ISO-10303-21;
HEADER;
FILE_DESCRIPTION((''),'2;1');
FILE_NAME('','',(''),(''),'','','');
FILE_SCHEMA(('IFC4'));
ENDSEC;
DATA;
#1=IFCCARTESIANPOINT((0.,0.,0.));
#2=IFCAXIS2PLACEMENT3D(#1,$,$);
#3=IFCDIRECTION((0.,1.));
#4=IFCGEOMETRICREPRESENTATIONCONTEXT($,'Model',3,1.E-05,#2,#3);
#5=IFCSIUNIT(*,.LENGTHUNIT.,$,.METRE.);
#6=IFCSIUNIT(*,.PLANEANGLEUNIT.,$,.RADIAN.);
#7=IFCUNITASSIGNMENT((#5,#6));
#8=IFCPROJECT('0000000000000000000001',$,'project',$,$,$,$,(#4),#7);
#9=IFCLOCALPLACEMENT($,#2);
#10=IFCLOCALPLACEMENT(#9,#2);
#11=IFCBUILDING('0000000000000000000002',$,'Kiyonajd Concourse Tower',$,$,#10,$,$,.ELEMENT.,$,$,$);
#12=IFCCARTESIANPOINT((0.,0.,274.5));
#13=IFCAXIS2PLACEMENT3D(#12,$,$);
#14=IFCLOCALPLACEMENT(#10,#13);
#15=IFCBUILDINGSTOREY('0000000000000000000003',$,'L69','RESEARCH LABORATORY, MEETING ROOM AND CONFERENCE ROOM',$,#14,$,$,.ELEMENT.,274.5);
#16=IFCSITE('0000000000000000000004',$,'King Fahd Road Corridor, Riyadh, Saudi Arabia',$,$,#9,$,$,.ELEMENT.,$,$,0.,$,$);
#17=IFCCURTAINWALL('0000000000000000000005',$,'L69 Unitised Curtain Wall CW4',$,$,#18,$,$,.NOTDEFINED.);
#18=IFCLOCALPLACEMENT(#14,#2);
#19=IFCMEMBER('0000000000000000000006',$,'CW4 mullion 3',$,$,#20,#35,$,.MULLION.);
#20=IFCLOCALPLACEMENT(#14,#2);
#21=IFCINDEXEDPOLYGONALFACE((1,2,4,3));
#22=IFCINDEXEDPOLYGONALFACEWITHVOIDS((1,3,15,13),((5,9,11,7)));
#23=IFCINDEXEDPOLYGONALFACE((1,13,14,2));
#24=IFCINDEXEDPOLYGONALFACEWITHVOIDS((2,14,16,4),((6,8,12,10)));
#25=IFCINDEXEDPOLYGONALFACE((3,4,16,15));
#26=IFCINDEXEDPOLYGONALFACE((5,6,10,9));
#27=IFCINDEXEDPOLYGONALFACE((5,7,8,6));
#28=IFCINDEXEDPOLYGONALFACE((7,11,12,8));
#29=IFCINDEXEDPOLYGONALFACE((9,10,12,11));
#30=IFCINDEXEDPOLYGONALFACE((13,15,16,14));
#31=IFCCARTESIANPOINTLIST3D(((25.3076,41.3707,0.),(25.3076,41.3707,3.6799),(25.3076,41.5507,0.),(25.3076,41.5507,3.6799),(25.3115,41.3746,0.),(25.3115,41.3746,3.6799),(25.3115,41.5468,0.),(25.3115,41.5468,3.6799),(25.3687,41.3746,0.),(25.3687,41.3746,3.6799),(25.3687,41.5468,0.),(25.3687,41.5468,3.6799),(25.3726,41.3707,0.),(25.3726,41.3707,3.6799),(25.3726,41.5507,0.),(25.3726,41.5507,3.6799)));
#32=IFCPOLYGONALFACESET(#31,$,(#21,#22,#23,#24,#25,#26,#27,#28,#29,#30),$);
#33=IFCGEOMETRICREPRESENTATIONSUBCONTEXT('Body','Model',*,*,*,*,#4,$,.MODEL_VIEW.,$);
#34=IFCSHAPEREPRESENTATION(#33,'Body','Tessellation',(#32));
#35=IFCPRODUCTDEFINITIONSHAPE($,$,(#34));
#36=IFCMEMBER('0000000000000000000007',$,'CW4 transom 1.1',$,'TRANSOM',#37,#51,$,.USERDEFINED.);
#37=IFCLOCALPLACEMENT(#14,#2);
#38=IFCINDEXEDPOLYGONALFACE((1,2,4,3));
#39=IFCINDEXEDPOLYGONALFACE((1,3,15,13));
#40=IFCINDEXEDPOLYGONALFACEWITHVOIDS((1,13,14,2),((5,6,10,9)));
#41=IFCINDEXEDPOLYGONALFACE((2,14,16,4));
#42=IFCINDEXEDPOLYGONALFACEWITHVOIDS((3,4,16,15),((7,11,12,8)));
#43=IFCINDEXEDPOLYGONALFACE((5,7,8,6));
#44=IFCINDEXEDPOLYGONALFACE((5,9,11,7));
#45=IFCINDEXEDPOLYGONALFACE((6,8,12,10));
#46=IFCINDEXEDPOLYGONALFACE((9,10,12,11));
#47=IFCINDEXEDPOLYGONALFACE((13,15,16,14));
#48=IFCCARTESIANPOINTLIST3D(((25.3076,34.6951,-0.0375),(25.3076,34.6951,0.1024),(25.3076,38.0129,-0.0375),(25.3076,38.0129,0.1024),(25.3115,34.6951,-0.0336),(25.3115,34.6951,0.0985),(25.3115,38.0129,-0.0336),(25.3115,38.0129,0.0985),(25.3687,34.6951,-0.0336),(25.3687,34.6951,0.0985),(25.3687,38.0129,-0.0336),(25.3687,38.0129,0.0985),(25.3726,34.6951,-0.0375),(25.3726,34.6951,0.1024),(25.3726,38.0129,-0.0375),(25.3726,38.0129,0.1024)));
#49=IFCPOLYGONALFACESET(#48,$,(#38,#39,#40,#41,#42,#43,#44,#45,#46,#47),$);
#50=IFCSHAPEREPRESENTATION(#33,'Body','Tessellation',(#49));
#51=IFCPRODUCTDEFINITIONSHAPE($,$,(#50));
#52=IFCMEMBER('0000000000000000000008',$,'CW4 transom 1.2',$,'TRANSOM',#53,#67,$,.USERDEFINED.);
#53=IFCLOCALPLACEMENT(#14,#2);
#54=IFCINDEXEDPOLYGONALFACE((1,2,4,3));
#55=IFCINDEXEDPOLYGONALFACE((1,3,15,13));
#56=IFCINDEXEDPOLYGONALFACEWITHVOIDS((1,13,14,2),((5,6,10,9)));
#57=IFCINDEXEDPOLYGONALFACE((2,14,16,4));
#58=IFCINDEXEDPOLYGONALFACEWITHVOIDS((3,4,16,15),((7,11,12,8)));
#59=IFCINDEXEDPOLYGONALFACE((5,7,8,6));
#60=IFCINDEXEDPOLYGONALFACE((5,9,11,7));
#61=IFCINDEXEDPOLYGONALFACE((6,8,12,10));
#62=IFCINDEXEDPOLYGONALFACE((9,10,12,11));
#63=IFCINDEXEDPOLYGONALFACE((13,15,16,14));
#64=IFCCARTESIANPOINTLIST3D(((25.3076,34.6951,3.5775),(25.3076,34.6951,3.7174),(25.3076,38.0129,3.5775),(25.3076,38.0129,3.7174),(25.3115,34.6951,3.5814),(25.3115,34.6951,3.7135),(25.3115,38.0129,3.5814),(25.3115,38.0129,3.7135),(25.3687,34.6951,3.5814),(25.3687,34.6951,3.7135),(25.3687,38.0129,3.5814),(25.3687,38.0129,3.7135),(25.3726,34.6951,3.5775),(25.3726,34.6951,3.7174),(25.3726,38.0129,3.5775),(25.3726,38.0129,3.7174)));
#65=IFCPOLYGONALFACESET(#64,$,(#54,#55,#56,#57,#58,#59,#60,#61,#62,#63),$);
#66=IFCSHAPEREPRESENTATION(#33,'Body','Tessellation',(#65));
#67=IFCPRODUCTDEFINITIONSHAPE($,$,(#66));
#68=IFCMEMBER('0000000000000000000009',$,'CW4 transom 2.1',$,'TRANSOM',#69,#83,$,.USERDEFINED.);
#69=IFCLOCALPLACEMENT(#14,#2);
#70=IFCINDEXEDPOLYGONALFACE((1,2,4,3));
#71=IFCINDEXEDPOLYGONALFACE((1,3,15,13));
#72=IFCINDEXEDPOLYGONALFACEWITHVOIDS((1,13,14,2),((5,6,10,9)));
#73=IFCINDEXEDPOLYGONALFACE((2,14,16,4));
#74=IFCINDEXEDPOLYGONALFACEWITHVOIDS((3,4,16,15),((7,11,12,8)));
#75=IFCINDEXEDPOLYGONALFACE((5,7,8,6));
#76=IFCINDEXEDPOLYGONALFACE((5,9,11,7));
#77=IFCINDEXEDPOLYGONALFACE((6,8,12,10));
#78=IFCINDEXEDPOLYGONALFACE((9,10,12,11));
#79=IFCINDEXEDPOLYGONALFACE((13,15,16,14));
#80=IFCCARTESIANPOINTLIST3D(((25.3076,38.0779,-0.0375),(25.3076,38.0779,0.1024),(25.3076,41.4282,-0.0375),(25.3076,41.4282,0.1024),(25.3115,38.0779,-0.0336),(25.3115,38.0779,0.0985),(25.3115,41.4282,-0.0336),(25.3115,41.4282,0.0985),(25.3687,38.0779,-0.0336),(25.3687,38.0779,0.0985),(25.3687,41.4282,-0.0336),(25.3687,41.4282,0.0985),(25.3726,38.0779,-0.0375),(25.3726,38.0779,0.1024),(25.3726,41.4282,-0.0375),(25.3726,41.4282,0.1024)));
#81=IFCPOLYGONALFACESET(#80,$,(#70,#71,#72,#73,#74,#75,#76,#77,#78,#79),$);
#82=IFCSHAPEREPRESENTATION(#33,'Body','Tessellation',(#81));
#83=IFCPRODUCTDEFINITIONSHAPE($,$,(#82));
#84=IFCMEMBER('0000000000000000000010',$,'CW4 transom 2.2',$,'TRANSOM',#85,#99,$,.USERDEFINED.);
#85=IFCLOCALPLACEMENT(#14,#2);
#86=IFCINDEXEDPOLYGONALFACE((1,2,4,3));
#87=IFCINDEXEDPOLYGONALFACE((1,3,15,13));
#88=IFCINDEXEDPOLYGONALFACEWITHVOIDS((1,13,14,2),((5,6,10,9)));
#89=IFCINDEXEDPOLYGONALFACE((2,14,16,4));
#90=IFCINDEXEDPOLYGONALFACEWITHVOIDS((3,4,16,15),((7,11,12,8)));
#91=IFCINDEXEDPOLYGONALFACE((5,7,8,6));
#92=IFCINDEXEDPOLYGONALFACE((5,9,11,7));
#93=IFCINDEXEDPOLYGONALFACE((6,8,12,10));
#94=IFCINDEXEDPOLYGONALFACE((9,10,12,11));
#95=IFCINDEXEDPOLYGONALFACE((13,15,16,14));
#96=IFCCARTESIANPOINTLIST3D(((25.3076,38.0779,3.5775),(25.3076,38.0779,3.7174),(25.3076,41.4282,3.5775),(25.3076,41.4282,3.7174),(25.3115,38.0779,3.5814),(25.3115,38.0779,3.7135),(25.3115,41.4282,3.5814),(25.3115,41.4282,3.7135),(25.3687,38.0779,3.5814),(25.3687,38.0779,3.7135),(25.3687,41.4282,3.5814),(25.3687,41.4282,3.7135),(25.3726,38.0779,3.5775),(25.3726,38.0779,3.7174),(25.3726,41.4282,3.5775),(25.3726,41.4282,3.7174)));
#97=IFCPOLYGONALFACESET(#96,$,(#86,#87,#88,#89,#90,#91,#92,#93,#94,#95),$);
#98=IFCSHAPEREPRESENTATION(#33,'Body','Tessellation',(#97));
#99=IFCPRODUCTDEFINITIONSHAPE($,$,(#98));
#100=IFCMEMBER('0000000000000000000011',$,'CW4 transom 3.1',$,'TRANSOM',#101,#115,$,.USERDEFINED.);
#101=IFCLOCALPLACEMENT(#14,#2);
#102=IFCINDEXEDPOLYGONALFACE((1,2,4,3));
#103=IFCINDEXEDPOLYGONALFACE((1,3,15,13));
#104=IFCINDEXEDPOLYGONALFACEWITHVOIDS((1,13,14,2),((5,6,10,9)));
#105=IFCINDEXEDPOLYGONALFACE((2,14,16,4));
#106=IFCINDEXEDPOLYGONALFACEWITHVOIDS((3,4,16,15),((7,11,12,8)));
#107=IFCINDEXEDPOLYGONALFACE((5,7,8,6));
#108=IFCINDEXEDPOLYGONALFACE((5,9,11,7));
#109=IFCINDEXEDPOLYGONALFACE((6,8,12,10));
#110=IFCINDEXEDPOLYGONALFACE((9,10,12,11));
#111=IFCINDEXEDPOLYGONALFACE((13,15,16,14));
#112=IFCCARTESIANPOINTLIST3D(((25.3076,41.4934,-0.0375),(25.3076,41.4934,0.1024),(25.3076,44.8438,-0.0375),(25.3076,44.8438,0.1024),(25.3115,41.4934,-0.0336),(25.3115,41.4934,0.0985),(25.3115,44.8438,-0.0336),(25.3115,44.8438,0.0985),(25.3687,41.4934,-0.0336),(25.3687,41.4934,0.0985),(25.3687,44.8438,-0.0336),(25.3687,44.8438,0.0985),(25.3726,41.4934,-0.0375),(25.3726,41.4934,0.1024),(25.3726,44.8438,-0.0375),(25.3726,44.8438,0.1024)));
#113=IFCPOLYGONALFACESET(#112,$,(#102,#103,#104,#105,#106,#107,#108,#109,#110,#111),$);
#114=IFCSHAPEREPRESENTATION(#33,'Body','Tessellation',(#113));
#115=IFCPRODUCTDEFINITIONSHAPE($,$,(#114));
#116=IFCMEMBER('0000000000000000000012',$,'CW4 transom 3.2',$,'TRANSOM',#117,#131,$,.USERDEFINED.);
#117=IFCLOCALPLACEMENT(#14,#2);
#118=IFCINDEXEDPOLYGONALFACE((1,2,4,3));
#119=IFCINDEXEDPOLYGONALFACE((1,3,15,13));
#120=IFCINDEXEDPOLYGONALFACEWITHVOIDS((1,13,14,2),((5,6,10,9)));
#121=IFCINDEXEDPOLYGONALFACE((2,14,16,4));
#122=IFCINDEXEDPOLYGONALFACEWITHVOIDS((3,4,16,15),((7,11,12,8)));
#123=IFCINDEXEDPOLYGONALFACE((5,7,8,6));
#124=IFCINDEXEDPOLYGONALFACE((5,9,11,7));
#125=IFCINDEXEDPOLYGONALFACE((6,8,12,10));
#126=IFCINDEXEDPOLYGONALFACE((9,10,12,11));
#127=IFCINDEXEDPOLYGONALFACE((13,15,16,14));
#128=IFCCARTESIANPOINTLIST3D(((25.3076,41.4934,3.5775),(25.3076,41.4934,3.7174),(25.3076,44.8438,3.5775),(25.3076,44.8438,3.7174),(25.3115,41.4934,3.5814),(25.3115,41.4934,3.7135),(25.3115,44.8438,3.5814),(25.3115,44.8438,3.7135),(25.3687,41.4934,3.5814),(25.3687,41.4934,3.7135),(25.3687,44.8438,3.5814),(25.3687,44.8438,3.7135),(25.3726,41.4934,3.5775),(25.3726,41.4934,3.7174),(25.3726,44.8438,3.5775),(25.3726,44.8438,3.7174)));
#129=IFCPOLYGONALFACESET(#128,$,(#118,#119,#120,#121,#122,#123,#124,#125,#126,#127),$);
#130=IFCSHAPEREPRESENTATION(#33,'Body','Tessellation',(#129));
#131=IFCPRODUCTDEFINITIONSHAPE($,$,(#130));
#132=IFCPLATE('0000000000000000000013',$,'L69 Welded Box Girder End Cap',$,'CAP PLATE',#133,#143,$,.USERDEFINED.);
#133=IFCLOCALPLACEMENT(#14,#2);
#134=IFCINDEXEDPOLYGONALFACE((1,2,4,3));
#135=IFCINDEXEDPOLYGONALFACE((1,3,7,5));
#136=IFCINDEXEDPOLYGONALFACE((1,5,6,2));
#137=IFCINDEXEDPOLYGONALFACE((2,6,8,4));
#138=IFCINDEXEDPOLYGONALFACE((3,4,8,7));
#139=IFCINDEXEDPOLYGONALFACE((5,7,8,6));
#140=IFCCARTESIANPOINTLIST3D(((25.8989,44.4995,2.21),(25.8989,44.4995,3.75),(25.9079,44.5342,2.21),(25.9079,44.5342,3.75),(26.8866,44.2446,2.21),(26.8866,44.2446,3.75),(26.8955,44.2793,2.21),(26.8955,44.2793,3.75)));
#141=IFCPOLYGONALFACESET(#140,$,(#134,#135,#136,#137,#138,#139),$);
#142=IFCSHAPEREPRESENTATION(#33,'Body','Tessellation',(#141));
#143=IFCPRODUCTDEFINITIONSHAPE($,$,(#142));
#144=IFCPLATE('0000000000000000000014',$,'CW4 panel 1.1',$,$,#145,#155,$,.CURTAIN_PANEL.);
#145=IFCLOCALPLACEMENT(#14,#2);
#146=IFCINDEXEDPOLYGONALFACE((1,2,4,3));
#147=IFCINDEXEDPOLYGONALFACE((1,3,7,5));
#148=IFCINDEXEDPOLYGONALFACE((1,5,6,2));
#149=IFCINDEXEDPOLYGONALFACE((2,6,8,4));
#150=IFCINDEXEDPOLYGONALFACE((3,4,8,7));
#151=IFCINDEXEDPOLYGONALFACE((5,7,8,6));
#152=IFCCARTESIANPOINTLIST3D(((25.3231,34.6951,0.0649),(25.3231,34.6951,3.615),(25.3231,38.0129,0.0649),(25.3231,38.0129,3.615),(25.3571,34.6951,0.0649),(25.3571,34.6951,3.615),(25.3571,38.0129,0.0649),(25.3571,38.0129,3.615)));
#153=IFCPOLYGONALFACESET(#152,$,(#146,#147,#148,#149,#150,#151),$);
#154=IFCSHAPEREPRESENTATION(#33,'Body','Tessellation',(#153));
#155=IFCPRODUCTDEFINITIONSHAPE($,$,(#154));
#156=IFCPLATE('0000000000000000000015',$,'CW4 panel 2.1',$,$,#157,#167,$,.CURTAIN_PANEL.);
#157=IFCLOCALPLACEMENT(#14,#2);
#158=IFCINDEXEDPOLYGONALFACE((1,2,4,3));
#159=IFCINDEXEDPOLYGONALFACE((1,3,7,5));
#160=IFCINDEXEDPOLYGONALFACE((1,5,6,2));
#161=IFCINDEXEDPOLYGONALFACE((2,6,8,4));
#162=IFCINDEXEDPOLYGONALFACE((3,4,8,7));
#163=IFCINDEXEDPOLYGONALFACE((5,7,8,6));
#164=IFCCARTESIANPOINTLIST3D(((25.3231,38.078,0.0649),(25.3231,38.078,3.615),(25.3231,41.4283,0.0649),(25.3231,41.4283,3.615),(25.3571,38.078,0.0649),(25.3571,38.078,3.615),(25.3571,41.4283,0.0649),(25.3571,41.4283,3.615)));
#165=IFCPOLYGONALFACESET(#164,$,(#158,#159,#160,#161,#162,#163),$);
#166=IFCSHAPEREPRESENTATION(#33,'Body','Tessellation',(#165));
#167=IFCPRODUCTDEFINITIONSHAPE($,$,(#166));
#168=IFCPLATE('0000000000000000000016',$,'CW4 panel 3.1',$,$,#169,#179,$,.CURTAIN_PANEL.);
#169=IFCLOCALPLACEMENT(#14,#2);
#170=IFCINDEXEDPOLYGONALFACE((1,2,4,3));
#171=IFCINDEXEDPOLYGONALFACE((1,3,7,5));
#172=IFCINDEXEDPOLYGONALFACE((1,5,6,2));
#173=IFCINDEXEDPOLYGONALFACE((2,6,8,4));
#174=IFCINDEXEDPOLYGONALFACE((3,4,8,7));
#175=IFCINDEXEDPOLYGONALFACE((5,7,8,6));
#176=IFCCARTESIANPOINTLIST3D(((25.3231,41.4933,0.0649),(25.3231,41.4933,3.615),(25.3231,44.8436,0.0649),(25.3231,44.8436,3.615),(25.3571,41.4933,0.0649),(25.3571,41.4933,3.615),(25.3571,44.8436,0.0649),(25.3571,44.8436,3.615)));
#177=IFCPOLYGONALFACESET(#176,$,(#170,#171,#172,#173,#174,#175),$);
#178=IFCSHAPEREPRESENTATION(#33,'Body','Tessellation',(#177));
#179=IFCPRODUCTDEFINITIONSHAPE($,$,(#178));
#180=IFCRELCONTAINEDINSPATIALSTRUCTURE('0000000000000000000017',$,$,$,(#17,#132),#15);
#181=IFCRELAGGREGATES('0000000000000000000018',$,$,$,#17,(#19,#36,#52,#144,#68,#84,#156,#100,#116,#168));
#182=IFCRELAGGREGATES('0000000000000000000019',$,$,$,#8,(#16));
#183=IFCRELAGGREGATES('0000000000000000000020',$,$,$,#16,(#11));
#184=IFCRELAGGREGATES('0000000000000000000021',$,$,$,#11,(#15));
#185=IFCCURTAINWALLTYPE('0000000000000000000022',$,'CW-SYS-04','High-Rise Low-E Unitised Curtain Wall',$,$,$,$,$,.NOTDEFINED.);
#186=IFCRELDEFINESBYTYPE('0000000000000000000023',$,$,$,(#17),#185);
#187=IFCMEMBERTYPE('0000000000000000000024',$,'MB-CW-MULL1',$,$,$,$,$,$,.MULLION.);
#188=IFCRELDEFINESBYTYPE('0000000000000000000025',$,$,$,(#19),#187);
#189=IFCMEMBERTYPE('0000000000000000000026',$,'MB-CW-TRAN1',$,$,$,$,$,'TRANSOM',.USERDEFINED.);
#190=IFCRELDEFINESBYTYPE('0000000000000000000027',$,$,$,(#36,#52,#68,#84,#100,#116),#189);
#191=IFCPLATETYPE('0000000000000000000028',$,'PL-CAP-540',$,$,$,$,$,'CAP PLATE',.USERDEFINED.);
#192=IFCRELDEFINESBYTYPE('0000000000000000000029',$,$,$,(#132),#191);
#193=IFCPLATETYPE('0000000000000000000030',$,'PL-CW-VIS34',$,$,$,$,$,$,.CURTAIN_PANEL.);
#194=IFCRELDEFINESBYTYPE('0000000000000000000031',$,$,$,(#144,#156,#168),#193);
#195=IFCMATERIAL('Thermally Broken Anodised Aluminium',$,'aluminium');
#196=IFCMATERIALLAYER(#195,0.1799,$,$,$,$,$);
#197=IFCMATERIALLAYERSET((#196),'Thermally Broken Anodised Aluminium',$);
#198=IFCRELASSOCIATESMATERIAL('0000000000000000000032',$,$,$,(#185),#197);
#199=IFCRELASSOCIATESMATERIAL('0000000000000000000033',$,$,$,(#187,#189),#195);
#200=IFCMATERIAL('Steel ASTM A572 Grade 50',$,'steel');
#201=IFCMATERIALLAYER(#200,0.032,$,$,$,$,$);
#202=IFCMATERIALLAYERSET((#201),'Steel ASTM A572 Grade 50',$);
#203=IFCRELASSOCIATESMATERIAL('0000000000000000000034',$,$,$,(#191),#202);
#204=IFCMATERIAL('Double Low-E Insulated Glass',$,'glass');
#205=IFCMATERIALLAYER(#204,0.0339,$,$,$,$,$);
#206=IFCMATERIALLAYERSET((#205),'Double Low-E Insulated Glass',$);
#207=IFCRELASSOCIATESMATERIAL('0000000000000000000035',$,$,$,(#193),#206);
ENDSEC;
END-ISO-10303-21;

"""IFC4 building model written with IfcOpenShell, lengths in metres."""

from ifc_helpers import new_model, si_unit, direction, frame, origin, origin_2d, place, context, subcontext, project, spatial, rectangle, hollow_rectangle, extrude, material, layer, layer_set, material_profile, profile_set, type_object, element, aggregate, save


model = new_model("IFC4")

# Units and contexts
model_context = context("Model", 3, precision=1e-05, world=origin(), true_north=direction((0.0, 1.0)))
body_context = subcontext(model_context, "Body", "Model", "MODEL_VIEW")
ifc_project = project(units=[si_unit("LENGTHUNIT", "METRE"), si_unit("PLANEANGLEUNIT", "RADIAN")], contexts=[model_context])

# Site, building, storey
site_placement = place(None, origin())
site = spatial("IfcSite", under=ifc_project, at=site_placement, Name="King Fahd Road Corridor, Riyadh, Saudi Arabia", CompositionType="ELEMENT", RefElevation=0.0)
building_placement = place(site_placement, origin())
building = spatial("IfcBuilding", under=site, at=building_placement, Name="Kiyonajd Concourse Tower", CompositionType="ELEMENT")
storey_placement = place(building_placement, frame((0.0, 0.0, 274.5)))
storey = spatial("IfcBuildingStorey", under=building, at=storey_placement, Name="L69", Description="RESEARCH LABORATORY, MEETING ROOM AND CONFERENCE ROOM", CompositionType="ELEMENT", Elevation=274.5)

# Curtain wall, members
ifc_material_1 = material(Name="Thermally Broken Anodised Aluminium", Category="aluminium")
ifc_layer_1 = layer(ifc_material_1, 0.1799)
ifc_layer_set_1 = layer_set([ifc_layer_1], Name="Thermally Broken Anodised Aluminium")
curtain_wall_type = type_object("IfcCurtainWallType", Name="CW-SYS-04", Description="High-Rise Low-E Unitised Curtain Wall", PredefinedType="NOTDEFINED", material=ifc_layer_set_1)
curtain_wall_placement = place(storey_placement, origin())
curtain_wall = element("IfcCurtainWall", 1, at=curtain_wall_placement, inside=storey, type_object=curtain_wall_type, Name="L69 Unitised Curtain Wall CW4", PredefinedType="NOTDEFINED")
ifc_material_profile_1 = material_profile(ifc_material_1, hollow_rectangle(XDim=0.0649, YDim=0.1799, WallThickness=0.0039, at=origin_2d()), Name="MULL-65x180")
ifc_profile_set_1 = profile_set([ifc_material_profile_1], Name="Thermally Broken Anodised Aluminium")
member_type_1 = type_object("IfcMemberType", Name="MB-CW-MULL1", PredefinedType="MULLION", material=ifc_profile_set_1)
member_1_placement = place(storey_placement, frame((25.3401, 41.4607, 0.0), z_axis=(0.0, 0.0, 1.0), x_axis=(-1.0, 0.0, 0.0)))
member_1 = element("IfcMember", 2, at=member_1_placement, type_object=member_type_1, Name="CW4 mullion 3", PredefinedType="MULLION", context=body_context, shape_type="SweptSolid", body=[
    extrude(hollow_rectangle(XDim=0.0649, YDim=0.1799, WallThickness=0.0039, at=origin_2d()), origin(), (0.0, 0.0, 1.0), 3.6799),
])
ifc_material_profile_2 = material_profile(ifc_material_1, hollow_rectangle(XDim=0.0649, YDim=0.1399, WallThickness=0.0039, at=origin_2d()), Name="TRAN-65x140")
ifc_profile_set_2 = profile_set([ifc_material_profile_2], Name="Thermally Broken Anodised Aluminium")
member_type_2 = type_object("IfcMemberType", Name="MB-CW-TRAN1", ElementType="TRANSOM", PredefinedType="USERDEFINED", material=ifc_profile_set_2)
member_2_placement = place(storey_placement, frame((25.3401, 34.6951, 0.0325), z_axis=(0.0, 1.0, 0.0), x_axis=(-1.0, 0.0, 0.0)))
member_2 = element("IfcMember", 3, at=member_2_placement, type_object=member_type_2, Name="CW4 transom 1.1", ObjectType="TRANSOM", PredefinedType="USERDEFINED", context=body_context, shape_type="SweptSolid", body=[
    extrude(hollow_rectangle(XDim=0.0649, YDim=0.1399, WallThickness=0.0039, at=origin_2d()), origin(), (0.0, 0.0, 1.0), 3.3179),
])
member_3_placement = place(storey_placement, frame((25.3401, 34.6951, 3.6475), z_axis=(0.0, 1.0, 0.0), x_axis=(-1.0, 0.0, 0.0)))
member_3 = element("IfcMember", 4, at=member_3_placement, type_object=member_type_2, Name="CW4 transom 1.2", ObjectType="TRANSOM", PredefinedType="USERDEFINED", context=body_context, shape_type="SweptSolid", body=[
    extrude(hollow_rectangle(XDim=0.0649, YDim=0.1399, WallThickness=0.0039, at=origin_2d()), origin(), (0.0, 0.0, 1.0), 3.3179),
])
member_4_placement = place(storey_placement, frame((25.3401, 38.0779, 0.0325), z_axis=(0.0, 1.0, 0.0), x_axis=(-1.0, 0.0, 0.0)))
member_4 = element("IfcMember", 5, at=member_4_placement, type_object=member_type_2, Name="CW4 transom 2.1", ObjectType="TRANSOM", PredefinedType="USERDEFINED", context=body_context, shape_type="SweptSolid", body=[
    extrude(hollow_rectangle(XDim=0.0649, YDim=0.1399, WallThickness=0.0039, at=origin_2d()), origin(), (0.0, 0.0, 1.0), 3.3503),
])
member_5_placement = place(storey_placement, frame((25.3401, 38.0779, 3.6475), z_axis=(0.0, 1.0, 0.0), x_axis=(-1.0, 0.0, 0.0)))
member_5 = element("IfcMember", 6, at=member_5_placement, type_object=member_type_2, Name="CW4 transom 2.2", ObjectType="TRANSOM", PredefinedType="USERDEFINED", context=body_context, shape_type="SweptSolid", body=[
    extrude(hollow_rectangle(XDim=0.0649, YDim=0.1399, WallThickness=0.0039, at=origin_2d()), origin(), (0.0, 0.0, 1.0), 3.3503),
])
member_6_placement = place(storey_placement, frame((25.3401, 41.4934, 0.0325), z_axis=(0.0, 1.0, 0.0), x_axis=(-1.0, 0.0, 0.0)))
member_6 = element("IfcMember", 7, at=member_6_placement, type_object=member_type_2, Name="CW4 transom 3.1", ObjectType="TRANSOM", PredefinedType="USERDEFINED", context=body_context, shape_type="SweptSolid", body=[
    extrude(hollow_rectangle(XDim=0.0649, YDim=0.1399, WallThickness=0.0039, at=origin_2d()), origin(), (0.0, 0.0, 1.0), 3.3503),
])
member_7_placement = place(storey_placement, frame((25.3401, 41.4934, 3.6475), z_axis=(0.0, 1.0, 0.0), x_axis=(-1.0, 0.0, 0.0)))
member_7 = element("IfcMember", 8, at=member_7_placement, type_object=member_type_2, Name="CW4 transom 3.2", ObjectType="TRANSOM", PredefinedType="USERDEFINED", context=body_context, shape_type="SweptSolid", body=[
    extrude(hollow_rectangle(XDim=0.0649, YDim=0.1399, WallThickness=0.0039, at=origin_2d()), origin(), (0.0, 0.0, 1.0), 3.3503),
])

# Plates
ifc_material_2 = material(Name="Steel ASTM A572 Grade 50", Category="steel")
ifc_layer_2 = layer(ifc_material_2, 0.032)
ifc_layer_set_2 = layer_set([ifc_layer_2], Name="Steel ASTM A572 Grade 50")
plate_type_1 = type_object("IfcPlateType", Name="PL-CAP-540", ElementType="CAP PLATE", PredefinedType="USERDEFINED", material=ifc_layer_set_2)
plate_1_placement = place(storey_placement, frame((26.3972, 44.3894, 2.21), z_axis=(0.0, 0.0, 1.0), x_axis=(-0.249873, -0.968279, 0.0)))
element("IfcPlate", 9, at=plate_1_placement, inside=storey, type_object=plate_type_1, Name="L69 Welded Box Girder End Cap", ObjectType="CAP PLATE", PredefinedType="USERDEFINED", context=body_context, shape_type="SweptSolid", body=[
    extrude(rectangle(XDim=0.0359, YDim=1.02, at=origin_2d()), origin(), (0.0, 0.0, 1.0), 1.54),
])
ifc_material_3 = material(Name="Double Low-E Insulated Glass", Category="glass")
ifc_layer_3 = layer(ifc_material_3, 0.0339)
ifc_layer_set_3 = layer_set([ifc_layer_3], Name="Double Low-E Insulated Glass")
plate_type_2 = type_object("IfcPlateType", Name="PL-CW-VIS34", PredefinedType="CURTAIN_PANEL", material=ifc_layer_set_3)
plate_2_placement = place(storey_placement, frame((25.3401, 36.354, 0.0649), z_axis=(0.0, 0.0, 1.0), x_axis=(0.0, 1.0, 0.0)))
plate_2 = element("IfcPlate", 10, at=plate_2_placement, type_object=plate_type_2, Name="CW4 panel 1.1", PredefinedType="CURTAIN_PANEL", context=body_context, shape_type="SweptSolid", body=[
    extrude(rectangle(XDim=3.3179, YDim=0.0339, at=origin_2d()), origin(), (0.0, 0.0, 1.0), 3.55),
])
plate_3_placement = place(storey_placement, frame((25.3401, 39.7532, 0.0649), z_axis=(0.0, 0.0, 1.0), x_axis=(0.0, 1.0, 0.0)))
plate_3 = element("IfcPlate", 11, at=plate_3_placement, type_object=plate_type_2, Name="CW4 panel 2.1", PredefinedType="CURTAIN_PANEL", context=body_context, shape_type="SweptSolid", body=[
    extrude(rectangle(XDim=3.3503, YDim=0.0339, at=origin_2d()), origin(), (0.0, 0.0, 1.0), 3.55),
])
plate_4_placement = place(storey_placement, frame((25.3401, 43.1685, 0.0649), z_axis=(0.0, 0.0, 1.0), x_axis=(0.0, 1.0, 0.0)))
plate_4 = element("IfcPlate", 12, at=plate_4_placement, type_object=plate_type_2, Name="CW4 panel 3.1", PredefinedType="CURTAIN_PANEL", context=body_context, shape_type="SweptSolid", body=[
    extrude(rectangle(XDim=3.3503, YDim=0.0339, at=origin_2d()), origin(), (0.0, 0.0, 1.0), 3.55),
])
aggregate(curtain_wall, [member_1, member_2, member_3, plate_2, member_4, member_5, plate_3, member_6, member_7, plate_4])

save(model, "model.ifc")
